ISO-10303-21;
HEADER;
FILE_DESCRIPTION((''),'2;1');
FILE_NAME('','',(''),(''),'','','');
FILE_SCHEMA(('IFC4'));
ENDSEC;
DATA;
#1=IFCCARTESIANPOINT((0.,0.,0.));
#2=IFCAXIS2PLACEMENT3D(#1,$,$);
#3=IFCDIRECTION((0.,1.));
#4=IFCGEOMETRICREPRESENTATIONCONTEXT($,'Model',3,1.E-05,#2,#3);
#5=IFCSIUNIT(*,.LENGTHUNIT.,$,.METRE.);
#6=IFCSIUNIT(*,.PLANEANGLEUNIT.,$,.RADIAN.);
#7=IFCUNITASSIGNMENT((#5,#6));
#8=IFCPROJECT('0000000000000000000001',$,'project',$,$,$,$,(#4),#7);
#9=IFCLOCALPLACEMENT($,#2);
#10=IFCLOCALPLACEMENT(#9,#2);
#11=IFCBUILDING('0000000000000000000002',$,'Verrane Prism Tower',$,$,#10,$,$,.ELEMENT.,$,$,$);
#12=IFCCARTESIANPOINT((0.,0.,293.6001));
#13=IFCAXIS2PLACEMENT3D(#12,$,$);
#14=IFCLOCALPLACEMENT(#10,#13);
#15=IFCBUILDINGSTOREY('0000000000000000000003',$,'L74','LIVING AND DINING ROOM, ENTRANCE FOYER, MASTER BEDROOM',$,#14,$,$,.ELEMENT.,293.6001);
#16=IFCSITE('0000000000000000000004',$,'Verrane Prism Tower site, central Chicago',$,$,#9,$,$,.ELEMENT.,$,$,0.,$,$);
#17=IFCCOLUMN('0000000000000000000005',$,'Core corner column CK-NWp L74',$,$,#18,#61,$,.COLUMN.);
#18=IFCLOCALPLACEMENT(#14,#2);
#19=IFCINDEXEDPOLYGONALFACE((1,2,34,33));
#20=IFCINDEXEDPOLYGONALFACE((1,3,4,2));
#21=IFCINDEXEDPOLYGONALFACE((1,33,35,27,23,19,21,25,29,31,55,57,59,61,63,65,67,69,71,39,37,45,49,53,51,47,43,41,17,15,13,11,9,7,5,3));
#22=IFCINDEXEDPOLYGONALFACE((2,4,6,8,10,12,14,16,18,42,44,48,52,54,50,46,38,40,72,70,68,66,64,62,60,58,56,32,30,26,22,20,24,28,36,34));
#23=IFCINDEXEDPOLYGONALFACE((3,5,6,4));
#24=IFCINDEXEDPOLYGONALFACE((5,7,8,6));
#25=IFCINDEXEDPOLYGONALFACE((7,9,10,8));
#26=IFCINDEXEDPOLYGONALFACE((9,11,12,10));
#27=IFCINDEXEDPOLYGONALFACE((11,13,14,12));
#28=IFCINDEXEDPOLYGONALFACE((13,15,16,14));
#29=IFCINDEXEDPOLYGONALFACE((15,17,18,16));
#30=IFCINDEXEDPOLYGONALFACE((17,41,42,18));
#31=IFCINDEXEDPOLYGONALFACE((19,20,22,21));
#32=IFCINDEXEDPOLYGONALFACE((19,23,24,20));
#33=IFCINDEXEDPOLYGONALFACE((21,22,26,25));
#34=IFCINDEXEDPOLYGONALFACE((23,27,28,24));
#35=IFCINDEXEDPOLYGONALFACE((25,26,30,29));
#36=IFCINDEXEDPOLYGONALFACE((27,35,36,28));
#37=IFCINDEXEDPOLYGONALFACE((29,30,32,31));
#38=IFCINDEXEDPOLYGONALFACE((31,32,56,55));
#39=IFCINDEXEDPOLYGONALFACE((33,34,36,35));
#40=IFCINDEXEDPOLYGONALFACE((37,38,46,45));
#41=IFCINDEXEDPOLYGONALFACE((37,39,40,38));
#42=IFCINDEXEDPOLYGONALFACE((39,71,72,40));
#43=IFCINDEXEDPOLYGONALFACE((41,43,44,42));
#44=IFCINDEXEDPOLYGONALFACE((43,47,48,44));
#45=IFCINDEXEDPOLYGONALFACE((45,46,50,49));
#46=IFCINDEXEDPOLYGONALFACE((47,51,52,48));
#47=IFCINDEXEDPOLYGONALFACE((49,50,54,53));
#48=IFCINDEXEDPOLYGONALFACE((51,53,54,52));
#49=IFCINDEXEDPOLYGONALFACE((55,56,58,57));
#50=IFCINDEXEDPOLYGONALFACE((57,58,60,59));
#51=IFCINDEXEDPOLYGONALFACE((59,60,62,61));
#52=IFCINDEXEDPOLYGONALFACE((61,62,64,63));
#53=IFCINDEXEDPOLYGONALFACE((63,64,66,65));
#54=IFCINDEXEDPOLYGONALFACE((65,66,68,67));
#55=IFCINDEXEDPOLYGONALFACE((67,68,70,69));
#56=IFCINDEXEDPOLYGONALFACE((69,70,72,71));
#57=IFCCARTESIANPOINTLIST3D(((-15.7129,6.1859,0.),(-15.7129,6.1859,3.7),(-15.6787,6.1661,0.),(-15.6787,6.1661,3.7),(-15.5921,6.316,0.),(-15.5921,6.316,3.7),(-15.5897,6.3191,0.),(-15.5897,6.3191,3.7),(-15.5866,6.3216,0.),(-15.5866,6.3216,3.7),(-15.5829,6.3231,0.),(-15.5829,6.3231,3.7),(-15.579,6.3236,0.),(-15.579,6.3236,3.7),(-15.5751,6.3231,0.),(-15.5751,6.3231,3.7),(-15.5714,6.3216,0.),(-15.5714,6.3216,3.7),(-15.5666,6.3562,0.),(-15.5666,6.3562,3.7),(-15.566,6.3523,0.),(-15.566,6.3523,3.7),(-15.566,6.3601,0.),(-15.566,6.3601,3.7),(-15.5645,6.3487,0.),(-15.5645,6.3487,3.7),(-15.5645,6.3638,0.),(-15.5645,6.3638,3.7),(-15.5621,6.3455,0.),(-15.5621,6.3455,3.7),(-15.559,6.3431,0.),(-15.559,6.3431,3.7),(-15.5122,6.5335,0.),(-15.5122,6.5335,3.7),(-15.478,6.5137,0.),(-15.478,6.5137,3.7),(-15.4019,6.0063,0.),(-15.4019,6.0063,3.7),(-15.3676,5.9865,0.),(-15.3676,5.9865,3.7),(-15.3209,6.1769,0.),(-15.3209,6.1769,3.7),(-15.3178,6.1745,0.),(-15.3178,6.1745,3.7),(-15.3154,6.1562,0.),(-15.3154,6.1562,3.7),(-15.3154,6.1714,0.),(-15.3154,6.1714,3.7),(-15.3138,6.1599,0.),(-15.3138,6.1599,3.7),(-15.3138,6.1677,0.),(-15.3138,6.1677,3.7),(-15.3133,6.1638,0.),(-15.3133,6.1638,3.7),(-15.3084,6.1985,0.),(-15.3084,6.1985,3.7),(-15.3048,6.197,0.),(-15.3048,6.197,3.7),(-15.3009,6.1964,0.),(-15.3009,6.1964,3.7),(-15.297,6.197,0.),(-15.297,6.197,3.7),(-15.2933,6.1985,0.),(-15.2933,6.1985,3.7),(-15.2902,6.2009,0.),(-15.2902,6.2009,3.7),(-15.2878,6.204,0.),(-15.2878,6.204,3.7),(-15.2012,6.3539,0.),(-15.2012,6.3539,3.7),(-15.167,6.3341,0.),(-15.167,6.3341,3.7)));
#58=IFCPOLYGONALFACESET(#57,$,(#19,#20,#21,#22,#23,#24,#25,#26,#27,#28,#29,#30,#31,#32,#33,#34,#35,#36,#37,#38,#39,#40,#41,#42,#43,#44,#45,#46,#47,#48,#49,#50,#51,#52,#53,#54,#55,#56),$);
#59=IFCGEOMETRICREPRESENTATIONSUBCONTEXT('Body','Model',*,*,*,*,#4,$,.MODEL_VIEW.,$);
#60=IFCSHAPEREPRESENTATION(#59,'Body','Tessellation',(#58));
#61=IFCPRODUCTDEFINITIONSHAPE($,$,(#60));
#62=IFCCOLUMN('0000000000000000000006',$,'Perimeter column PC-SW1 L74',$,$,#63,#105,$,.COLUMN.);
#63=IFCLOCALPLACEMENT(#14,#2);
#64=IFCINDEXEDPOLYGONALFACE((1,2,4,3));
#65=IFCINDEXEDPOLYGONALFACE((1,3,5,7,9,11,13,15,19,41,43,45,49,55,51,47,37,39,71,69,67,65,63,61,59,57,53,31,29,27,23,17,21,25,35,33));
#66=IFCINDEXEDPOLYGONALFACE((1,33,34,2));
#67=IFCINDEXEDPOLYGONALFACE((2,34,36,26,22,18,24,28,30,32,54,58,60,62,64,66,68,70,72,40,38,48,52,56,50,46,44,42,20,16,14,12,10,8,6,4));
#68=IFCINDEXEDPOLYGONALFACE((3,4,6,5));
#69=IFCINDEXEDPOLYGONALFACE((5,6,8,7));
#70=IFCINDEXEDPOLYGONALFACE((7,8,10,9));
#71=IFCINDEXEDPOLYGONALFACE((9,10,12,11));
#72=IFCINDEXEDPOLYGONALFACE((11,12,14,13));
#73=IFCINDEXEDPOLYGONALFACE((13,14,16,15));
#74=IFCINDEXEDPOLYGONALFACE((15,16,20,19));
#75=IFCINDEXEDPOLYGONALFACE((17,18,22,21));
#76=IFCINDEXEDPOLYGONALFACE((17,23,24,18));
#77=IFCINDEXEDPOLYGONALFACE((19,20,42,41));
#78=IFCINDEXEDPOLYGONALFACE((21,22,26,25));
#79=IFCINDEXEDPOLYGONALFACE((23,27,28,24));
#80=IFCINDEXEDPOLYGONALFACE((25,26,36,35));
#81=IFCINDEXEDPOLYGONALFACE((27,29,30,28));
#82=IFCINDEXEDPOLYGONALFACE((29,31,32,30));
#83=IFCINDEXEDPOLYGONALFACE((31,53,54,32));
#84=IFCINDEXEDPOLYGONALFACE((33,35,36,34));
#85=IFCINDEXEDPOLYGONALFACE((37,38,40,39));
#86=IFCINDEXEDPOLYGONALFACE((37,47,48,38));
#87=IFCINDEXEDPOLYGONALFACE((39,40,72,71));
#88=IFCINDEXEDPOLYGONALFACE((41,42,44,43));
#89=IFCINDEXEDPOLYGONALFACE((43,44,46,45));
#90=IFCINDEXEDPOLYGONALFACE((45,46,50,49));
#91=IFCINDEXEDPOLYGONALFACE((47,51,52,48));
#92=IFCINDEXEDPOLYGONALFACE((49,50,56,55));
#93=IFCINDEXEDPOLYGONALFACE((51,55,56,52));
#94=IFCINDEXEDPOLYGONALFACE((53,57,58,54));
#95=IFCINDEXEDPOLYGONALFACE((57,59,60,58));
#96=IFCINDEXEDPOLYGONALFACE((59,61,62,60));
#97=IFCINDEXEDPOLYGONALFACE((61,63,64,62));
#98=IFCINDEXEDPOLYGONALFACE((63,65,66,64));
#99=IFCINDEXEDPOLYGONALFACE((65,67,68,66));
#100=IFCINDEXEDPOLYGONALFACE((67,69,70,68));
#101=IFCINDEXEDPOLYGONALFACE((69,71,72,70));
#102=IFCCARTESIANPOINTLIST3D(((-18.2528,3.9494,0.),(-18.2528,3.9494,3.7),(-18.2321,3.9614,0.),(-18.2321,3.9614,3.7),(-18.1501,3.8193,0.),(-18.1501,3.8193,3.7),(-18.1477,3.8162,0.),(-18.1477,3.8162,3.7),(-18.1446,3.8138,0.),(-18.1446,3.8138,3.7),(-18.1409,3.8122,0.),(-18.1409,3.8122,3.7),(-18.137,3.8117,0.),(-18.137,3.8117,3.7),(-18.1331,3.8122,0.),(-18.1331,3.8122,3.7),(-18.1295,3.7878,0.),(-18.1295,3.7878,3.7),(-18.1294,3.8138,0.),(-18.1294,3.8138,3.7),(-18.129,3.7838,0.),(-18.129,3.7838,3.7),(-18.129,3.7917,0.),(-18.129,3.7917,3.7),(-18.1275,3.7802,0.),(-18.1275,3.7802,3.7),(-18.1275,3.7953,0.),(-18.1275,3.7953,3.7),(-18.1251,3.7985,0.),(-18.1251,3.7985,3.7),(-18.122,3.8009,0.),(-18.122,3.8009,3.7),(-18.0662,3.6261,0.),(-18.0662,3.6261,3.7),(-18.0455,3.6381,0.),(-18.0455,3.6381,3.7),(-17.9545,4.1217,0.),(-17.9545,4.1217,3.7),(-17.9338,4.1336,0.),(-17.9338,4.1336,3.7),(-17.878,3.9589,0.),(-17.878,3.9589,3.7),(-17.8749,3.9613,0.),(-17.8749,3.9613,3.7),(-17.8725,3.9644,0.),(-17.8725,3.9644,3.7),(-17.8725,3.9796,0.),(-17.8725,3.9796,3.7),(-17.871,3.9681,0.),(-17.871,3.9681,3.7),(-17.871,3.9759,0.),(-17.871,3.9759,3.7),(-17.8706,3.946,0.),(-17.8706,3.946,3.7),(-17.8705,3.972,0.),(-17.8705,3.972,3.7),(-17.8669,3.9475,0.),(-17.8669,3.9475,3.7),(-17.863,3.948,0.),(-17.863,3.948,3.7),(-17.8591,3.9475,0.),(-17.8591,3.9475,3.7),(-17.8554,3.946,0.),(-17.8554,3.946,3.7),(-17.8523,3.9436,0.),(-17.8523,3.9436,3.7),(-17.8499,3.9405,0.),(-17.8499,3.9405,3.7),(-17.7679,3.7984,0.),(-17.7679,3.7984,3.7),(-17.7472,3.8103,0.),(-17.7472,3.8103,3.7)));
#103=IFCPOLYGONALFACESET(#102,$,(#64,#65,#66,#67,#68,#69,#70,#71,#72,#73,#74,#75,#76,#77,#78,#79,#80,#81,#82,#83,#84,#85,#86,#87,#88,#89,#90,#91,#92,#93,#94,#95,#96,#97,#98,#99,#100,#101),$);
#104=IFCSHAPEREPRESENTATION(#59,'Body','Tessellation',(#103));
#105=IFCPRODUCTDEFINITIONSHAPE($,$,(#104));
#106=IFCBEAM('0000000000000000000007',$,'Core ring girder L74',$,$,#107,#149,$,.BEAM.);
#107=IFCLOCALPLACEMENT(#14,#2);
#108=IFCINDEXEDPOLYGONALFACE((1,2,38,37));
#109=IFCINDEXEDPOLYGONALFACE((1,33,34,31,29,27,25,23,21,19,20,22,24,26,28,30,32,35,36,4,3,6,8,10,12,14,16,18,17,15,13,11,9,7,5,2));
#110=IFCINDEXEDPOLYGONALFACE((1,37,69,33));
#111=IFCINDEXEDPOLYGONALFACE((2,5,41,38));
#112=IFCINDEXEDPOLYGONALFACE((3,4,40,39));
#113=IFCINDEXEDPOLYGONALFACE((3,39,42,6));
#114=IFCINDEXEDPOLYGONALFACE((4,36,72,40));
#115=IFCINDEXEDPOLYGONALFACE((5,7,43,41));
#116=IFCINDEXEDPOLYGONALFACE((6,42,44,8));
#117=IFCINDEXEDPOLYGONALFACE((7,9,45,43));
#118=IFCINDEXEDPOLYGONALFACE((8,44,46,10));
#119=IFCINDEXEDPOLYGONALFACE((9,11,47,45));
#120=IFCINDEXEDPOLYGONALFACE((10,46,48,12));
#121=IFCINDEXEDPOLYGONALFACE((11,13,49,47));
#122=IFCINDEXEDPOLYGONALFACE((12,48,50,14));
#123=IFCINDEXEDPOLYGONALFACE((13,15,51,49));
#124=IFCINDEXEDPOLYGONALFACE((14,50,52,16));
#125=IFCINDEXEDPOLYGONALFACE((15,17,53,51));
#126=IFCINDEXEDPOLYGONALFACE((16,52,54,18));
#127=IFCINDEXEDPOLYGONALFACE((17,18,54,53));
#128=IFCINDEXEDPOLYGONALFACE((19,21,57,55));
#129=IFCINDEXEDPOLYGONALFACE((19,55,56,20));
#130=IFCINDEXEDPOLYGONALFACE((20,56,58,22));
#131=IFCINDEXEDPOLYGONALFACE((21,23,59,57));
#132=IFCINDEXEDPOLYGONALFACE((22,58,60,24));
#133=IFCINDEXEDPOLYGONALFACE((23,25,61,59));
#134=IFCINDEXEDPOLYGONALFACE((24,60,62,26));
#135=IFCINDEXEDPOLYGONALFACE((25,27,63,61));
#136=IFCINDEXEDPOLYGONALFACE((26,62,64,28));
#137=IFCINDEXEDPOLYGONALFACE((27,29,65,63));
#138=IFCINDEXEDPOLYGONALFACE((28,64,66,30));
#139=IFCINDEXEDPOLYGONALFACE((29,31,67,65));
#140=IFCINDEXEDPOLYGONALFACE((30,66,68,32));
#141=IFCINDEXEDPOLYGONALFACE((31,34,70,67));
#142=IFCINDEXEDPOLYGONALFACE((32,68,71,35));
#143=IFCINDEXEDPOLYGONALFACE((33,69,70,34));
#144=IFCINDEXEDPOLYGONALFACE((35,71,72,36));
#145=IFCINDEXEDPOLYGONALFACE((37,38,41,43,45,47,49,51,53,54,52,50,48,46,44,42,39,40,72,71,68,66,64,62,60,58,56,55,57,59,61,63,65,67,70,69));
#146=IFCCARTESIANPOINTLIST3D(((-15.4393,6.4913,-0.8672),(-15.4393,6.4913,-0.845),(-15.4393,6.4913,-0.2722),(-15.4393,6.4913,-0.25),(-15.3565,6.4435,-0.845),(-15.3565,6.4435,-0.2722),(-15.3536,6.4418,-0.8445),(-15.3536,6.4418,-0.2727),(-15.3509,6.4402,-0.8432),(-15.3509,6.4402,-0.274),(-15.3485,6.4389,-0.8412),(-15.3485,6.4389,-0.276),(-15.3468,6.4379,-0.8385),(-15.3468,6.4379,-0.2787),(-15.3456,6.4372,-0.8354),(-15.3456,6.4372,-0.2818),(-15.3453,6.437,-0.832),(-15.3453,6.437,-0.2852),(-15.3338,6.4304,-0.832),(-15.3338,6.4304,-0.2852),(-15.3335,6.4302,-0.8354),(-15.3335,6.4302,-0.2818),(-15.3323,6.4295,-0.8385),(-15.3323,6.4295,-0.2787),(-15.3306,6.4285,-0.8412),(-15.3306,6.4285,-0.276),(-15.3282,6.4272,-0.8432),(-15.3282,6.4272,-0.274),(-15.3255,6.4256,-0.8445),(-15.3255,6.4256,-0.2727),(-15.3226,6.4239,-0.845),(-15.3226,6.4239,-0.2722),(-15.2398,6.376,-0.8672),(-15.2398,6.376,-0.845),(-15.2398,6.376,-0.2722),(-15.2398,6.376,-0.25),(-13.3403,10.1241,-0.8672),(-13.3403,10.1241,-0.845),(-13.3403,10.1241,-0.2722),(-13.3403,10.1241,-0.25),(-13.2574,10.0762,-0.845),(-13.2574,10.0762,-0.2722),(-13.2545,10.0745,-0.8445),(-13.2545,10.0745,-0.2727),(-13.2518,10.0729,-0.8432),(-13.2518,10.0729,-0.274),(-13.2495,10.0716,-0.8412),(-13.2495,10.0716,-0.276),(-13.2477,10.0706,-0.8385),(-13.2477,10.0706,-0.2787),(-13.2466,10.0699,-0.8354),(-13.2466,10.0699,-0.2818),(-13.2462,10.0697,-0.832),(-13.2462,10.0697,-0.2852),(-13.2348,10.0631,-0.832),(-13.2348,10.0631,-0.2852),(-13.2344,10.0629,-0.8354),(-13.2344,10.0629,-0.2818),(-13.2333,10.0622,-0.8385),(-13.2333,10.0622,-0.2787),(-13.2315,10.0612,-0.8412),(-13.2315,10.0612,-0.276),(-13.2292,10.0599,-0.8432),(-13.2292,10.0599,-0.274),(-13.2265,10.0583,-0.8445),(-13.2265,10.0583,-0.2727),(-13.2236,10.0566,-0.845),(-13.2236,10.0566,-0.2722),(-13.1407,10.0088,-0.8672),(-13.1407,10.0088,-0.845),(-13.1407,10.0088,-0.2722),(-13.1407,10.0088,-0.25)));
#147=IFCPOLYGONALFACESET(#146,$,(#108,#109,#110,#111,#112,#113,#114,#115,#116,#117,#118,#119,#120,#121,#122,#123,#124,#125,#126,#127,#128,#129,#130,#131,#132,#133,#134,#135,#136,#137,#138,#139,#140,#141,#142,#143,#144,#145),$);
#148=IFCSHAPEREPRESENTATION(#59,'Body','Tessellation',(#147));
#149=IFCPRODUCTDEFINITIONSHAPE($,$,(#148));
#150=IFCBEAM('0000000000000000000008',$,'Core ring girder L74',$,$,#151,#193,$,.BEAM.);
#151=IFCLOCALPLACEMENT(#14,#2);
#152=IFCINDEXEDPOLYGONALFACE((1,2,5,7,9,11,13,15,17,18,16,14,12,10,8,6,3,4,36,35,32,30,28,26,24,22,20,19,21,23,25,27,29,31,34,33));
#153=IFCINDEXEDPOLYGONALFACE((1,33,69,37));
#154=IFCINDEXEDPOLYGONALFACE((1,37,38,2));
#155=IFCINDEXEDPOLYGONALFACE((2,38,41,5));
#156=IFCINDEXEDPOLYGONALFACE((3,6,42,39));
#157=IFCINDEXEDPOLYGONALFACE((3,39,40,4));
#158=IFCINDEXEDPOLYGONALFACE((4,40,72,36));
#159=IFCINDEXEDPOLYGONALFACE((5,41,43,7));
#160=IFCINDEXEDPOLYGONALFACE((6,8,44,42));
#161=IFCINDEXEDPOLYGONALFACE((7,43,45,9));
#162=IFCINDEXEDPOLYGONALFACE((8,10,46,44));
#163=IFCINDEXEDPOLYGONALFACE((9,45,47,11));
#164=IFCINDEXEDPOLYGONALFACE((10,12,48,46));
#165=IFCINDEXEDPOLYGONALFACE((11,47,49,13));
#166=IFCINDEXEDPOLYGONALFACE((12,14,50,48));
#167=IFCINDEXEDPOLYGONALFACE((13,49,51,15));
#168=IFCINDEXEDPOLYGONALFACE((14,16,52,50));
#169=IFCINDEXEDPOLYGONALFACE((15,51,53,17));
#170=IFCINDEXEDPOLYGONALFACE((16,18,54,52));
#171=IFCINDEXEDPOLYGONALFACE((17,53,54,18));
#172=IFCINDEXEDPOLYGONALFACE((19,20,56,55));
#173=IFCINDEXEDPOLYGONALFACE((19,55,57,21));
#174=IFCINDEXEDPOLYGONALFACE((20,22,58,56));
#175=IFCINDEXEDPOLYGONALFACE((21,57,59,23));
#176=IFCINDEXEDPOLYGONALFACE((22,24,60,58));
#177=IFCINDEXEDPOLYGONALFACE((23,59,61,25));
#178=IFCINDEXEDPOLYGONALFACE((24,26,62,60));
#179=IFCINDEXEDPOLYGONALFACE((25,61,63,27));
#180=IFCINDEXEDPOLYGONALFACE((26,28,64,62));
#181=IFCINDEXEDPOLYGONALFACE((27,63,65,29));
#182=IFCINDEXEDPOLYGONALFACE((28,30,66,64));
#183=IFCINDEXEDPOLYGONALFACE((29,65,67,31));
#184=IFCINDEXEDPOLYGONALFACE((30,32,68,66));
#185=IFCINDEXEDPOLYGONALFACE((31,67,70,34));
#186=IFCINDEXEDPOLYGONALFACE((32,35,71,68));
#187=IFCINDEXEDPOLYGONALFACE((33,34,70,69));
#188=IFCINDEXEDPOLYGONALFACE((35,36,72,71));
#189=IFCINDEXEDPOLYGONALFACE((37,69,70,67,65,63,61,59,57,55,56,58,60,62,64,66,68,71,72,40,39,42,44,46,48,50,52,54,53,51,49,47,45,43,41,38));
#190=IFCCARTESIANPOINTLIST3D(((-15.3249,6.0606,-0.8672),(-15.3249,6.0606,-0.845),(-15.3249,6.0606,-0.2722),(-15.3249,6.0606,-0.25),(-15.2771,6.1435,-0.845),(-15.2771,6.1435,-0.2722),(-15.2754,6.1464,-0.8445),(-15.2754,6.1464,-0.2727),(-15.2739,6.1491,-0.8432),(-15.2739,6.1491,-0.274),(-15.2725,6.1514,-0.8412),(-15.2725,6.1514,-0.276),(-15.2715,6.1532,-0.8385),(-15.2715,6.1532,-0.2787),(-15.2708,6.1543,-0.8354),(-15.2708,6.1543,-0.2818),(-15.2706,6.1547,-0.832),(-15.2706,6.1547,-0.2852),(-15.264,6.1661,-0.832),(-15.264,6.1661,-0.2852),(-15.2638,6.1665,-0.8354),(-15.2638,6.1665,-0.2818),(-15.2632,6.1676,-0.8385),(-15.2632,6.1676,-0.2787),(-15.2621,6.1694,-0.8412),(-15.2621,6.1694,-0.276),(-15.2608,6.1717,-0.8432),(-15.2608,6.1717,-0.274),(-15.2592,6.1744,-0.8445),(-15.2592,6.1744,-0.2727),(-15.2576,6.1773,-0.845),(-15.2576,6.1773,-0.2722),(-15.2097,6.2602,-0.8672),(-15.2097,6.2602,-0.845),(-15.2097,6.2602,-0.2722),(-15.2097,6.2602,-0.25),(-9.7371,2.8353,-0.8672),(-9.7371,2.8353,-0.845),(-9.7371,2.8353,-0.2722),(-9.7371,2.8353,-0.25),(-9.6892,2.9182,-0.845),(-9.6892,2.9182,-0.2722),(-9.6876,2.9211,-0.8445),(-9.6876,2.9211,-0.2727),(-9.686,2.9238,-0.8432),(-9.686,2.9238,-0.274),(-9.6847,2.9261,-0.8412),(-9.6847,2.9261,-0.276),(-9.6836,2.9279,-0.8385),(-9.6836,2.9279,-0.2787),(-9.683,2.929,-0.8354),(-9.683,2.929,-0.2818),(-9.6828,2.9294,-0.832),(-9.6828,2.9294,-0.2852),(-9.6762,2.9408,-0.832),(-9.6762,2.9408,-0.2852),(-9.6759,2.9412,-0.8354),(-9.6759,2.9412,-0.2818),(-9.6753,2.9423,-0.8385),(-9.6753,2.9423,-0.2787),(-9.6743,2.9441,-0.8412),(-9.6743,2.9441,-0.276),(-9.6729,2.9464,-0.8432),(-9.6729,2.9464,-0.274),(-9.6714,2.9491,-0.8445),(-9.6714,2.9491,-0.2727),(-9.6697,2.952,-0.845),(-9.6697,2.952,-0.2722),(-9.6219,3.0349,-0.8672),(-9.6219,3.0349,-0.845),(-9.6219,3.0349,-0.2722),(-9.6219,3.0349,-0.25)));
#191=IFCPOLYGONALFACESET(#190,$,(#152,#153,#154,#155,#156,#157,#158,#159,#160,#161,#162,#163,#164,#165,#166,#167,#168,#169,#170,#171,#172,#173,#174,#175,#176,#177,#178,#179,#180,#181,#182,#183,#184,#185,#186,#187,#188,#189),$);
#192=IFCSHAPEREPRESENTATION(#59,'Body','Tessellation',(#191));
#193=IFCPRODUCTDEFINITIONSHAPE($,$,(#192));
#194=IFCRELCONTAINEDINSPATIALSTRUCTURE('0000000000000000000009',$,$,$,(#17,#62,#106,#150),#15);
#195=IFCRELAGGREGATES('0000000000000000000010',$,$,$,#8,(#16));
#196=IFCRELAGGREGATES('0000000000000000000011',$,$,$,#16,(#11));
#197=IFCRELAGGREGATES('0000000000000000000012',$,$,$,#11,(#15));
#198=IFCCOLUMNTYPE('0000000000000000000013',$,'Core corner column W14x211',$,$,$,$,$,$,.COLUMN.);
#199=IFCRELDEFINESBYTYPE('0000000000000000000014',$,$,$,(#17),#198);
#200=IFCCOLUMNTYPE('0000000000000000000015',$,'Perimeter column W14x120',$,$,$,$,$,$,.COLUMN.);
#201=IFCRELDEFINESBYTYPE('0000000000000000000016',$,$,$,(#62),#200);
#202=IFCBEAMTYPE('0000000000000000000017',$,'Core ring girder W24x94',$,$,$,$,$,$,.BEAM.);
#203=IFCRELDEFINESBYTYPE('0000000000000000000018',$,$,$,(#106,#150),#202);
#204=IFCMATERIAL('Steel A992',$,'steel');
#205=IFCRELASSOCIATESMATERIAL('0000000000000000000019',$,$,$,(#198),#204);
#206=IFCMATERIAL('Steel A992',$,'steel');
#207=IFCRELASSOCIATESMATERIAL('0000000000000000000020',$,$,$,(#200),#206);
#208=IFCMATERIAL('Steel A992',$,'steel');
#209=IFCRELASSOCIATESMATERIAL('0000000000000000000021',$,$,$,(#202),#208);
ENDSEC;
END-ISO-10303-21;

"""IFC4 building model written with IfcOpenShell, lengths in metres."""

from ifc_helpers import new_model, si_unit, direction, frame, origin, origin_2d, place, context, subcontext, project, spatial, i_section, extrude, material, material_profile, profile_set, type_object, element, save


model = new_model("IFC4")

# Units and contexts
model_context = context("Model", 3, precision=1e-05, world=origin(), true_north=direction((0.0, 1.0)))
body_context = subcontext(model_context, "Body", "Model", "MODEL_VIEW")
ifc_project = project(units=[si_unit("LENGTHUNIT", "METRE"), si_unit("PLANEANGLEUNIT", "RADIAN")], contexts=[model_context])

# Site, building, storey
site_placement = place(None, origin())
site = spatial("IfcSite", under=ifc_project, at=site_placement, Name="Verrane Prism Tower site, central Chicago", CompositionType="ELEMENT", RefElevation=0.0)
building_placement = place(site_placement, origin())
building = spatial("IfcBuilding", under=site, at=building_placement, Name="Verrane Prism Tower", CompositionType="ELEMENT")
storey_placement = place(building_placement, frame((0.0, 0.0, 293.6001)))
storey = spatial("IfcBuildingStorey", under=building, at=storey_placement, Name="L74", Description="LIVING AND DINING ROOM, ENTRANCE FOYER, MASTER BEDROOM", CompositionType="ELEMENT", Elevation=293.6001)

# Columns
ifc_material_1 = material(Name="Steel A992", Category="steel")
ifc_material_profile_1 = material_profile(ifc_material_1, i_section(OverallWidth=0.4014, OverallDepth=0.3987, WebThickness=0.0249, FlangeThickness=0.0396, FilletRadius=0.0151, at=origin_2d()), Name="W14x211")
ifc_profile_set_1 = profile_set([ifc_material_profile_1], Name="Steel A992")
column_type_1 = type_object("IfcColumnType", Name="Core corner column W14x211", PredefinedType="COLUMN", material=ifc_profile_set_1)
column_1_placement = place(storey_placement, frame((-15.4399, 6.26, 0.0), z_axis=(0.0, 0.0, 1.0), x_axis=(0.5, 0.866025, 0.0)))
element("IfcColumn", 1, at=column_1_placement, inside=storey, type_object=column_type_1, Name="Core corner column CK-NWp L74", PredefinedType="COLUMN", context=body_context, shape_type="SweptSolid", body=[
    extrude(i_section(OverallWidth=0.4014, OverallDepth=0.3987, WebThickness=0.0249, FlangeThickness=0.0396, FilletRadius=0.0151, at=origin_2d()), origin(), (0.0, 0.0, 1.0), 3.7),
])
ifc_material_2 = material(Name="Steel A992", Category="steel")
ifc_material_profile_2 = material_profile(ifc_material_2, i_section(OverallWidth=0.3733, OverallDepth=0.3684, WebThickness=0.0149, FlangeThickness=0.0239, FilletRadius=0.0151, at=origin_2d()), Name="W14x120")
ifc_profile_set_2 = profile_set([ifc_material_profile_2], Name="Steel A992")
column_type_2 = type_object("IfcColumnType", Name="Perimeter column W14x120", PredefinedType="COLUMN", material=ifc_profile_set_2)
column_2_placement = place(storey_placement, frame((-18.0, 3.8799, 0.0), z_axis=(0.0, 0.0, 1.0), x_axis=(-0.5, 0.866025, 0.0)))
element("IfcColumn", 2, at=column_2_placement, inside=storey, type_object=column_type_2, Name="Perimeter column PC-SW1 L74", PredefinedType="COLUMN", context=body_context, shape_type="SweptSolid", body=[
    extrude(i_section(OverallWidth=0.3733, OverallDepth=0.3684, WebThickness=0.0149, FlangeThickness=0.0239, FilletRadius=0.0151, at=origin_2d()), origin(), (0.0, 0.0, 1.0), 3.7),
])

# Beams
ifc_material_3 = material(Name="Steel A992", Category="steel")
ifc_material_profile_3 = material_profile(ifc_material_3, i_section(OverallWidth=0.2305, OverallDepth=0.6172, WebThickness=0.0132, FlangeThickness=0.0222, FilletRadius=0.0129, at=origin_2d()), Name="W24x94")
ifc_profile_set_3 = profile_set([ifc_material_profile_3], Name="Steel A992")
beam_type_1 = type_object("IfcBeamType", Name="Core ring girder W24x94", PredefinedType="BEAM", material=ifc_profile_set_3)
beam_1_placement = place(storey_placement, frame((-13.2405, 10.0664, -0.5586), z_axis=(-0.500307, -0.865848, 0.0), x_axis=(0.865848, -0.500307, 0.0)))
element("IfcBeam", 3, at=beam_1_placement, inside=storey, type_object=beam_type_1, Name="Core ring girder L74", PredefinedType="BEAM", context=body_context, shape_type="SweptSolid", body=[
    extrude(i_section(OverallWidth=0.2305, OverallDepth=0.6172, WebThickness=0.0132, FlangeThickness=0.0222, FilletRadius=0.0129, at=origin_2d()), origin(), (0.0, 0.0, 1.0), 4.1956),
])
beam_2_placement = place(storey_placement, frame((-15.2673, 6.1604, -0.5586), z_axis=(0.866081, -0.499904, 0.0), x_axis=(0.499904, 0.866081, 0.0)))
element("IfcBeam", 4, at=beam_2_placement, inside=storey, type_object=beam_type_1, Name="Core ring girder L74", PredefinedType="BEAM", context=body_context, shape_type="SweptSolid", body=[
    extrude(i_section(OverallWidth=0.2305, OverallDepth=0.6172, WebThickness=0.0132, FlangeThickness=0.0222, FilletRadius=0.0129, at=origin_2d()), origin(), (0.0, 0.0, 1.0), 6.4519),
])

save(model, "model.ifc")
